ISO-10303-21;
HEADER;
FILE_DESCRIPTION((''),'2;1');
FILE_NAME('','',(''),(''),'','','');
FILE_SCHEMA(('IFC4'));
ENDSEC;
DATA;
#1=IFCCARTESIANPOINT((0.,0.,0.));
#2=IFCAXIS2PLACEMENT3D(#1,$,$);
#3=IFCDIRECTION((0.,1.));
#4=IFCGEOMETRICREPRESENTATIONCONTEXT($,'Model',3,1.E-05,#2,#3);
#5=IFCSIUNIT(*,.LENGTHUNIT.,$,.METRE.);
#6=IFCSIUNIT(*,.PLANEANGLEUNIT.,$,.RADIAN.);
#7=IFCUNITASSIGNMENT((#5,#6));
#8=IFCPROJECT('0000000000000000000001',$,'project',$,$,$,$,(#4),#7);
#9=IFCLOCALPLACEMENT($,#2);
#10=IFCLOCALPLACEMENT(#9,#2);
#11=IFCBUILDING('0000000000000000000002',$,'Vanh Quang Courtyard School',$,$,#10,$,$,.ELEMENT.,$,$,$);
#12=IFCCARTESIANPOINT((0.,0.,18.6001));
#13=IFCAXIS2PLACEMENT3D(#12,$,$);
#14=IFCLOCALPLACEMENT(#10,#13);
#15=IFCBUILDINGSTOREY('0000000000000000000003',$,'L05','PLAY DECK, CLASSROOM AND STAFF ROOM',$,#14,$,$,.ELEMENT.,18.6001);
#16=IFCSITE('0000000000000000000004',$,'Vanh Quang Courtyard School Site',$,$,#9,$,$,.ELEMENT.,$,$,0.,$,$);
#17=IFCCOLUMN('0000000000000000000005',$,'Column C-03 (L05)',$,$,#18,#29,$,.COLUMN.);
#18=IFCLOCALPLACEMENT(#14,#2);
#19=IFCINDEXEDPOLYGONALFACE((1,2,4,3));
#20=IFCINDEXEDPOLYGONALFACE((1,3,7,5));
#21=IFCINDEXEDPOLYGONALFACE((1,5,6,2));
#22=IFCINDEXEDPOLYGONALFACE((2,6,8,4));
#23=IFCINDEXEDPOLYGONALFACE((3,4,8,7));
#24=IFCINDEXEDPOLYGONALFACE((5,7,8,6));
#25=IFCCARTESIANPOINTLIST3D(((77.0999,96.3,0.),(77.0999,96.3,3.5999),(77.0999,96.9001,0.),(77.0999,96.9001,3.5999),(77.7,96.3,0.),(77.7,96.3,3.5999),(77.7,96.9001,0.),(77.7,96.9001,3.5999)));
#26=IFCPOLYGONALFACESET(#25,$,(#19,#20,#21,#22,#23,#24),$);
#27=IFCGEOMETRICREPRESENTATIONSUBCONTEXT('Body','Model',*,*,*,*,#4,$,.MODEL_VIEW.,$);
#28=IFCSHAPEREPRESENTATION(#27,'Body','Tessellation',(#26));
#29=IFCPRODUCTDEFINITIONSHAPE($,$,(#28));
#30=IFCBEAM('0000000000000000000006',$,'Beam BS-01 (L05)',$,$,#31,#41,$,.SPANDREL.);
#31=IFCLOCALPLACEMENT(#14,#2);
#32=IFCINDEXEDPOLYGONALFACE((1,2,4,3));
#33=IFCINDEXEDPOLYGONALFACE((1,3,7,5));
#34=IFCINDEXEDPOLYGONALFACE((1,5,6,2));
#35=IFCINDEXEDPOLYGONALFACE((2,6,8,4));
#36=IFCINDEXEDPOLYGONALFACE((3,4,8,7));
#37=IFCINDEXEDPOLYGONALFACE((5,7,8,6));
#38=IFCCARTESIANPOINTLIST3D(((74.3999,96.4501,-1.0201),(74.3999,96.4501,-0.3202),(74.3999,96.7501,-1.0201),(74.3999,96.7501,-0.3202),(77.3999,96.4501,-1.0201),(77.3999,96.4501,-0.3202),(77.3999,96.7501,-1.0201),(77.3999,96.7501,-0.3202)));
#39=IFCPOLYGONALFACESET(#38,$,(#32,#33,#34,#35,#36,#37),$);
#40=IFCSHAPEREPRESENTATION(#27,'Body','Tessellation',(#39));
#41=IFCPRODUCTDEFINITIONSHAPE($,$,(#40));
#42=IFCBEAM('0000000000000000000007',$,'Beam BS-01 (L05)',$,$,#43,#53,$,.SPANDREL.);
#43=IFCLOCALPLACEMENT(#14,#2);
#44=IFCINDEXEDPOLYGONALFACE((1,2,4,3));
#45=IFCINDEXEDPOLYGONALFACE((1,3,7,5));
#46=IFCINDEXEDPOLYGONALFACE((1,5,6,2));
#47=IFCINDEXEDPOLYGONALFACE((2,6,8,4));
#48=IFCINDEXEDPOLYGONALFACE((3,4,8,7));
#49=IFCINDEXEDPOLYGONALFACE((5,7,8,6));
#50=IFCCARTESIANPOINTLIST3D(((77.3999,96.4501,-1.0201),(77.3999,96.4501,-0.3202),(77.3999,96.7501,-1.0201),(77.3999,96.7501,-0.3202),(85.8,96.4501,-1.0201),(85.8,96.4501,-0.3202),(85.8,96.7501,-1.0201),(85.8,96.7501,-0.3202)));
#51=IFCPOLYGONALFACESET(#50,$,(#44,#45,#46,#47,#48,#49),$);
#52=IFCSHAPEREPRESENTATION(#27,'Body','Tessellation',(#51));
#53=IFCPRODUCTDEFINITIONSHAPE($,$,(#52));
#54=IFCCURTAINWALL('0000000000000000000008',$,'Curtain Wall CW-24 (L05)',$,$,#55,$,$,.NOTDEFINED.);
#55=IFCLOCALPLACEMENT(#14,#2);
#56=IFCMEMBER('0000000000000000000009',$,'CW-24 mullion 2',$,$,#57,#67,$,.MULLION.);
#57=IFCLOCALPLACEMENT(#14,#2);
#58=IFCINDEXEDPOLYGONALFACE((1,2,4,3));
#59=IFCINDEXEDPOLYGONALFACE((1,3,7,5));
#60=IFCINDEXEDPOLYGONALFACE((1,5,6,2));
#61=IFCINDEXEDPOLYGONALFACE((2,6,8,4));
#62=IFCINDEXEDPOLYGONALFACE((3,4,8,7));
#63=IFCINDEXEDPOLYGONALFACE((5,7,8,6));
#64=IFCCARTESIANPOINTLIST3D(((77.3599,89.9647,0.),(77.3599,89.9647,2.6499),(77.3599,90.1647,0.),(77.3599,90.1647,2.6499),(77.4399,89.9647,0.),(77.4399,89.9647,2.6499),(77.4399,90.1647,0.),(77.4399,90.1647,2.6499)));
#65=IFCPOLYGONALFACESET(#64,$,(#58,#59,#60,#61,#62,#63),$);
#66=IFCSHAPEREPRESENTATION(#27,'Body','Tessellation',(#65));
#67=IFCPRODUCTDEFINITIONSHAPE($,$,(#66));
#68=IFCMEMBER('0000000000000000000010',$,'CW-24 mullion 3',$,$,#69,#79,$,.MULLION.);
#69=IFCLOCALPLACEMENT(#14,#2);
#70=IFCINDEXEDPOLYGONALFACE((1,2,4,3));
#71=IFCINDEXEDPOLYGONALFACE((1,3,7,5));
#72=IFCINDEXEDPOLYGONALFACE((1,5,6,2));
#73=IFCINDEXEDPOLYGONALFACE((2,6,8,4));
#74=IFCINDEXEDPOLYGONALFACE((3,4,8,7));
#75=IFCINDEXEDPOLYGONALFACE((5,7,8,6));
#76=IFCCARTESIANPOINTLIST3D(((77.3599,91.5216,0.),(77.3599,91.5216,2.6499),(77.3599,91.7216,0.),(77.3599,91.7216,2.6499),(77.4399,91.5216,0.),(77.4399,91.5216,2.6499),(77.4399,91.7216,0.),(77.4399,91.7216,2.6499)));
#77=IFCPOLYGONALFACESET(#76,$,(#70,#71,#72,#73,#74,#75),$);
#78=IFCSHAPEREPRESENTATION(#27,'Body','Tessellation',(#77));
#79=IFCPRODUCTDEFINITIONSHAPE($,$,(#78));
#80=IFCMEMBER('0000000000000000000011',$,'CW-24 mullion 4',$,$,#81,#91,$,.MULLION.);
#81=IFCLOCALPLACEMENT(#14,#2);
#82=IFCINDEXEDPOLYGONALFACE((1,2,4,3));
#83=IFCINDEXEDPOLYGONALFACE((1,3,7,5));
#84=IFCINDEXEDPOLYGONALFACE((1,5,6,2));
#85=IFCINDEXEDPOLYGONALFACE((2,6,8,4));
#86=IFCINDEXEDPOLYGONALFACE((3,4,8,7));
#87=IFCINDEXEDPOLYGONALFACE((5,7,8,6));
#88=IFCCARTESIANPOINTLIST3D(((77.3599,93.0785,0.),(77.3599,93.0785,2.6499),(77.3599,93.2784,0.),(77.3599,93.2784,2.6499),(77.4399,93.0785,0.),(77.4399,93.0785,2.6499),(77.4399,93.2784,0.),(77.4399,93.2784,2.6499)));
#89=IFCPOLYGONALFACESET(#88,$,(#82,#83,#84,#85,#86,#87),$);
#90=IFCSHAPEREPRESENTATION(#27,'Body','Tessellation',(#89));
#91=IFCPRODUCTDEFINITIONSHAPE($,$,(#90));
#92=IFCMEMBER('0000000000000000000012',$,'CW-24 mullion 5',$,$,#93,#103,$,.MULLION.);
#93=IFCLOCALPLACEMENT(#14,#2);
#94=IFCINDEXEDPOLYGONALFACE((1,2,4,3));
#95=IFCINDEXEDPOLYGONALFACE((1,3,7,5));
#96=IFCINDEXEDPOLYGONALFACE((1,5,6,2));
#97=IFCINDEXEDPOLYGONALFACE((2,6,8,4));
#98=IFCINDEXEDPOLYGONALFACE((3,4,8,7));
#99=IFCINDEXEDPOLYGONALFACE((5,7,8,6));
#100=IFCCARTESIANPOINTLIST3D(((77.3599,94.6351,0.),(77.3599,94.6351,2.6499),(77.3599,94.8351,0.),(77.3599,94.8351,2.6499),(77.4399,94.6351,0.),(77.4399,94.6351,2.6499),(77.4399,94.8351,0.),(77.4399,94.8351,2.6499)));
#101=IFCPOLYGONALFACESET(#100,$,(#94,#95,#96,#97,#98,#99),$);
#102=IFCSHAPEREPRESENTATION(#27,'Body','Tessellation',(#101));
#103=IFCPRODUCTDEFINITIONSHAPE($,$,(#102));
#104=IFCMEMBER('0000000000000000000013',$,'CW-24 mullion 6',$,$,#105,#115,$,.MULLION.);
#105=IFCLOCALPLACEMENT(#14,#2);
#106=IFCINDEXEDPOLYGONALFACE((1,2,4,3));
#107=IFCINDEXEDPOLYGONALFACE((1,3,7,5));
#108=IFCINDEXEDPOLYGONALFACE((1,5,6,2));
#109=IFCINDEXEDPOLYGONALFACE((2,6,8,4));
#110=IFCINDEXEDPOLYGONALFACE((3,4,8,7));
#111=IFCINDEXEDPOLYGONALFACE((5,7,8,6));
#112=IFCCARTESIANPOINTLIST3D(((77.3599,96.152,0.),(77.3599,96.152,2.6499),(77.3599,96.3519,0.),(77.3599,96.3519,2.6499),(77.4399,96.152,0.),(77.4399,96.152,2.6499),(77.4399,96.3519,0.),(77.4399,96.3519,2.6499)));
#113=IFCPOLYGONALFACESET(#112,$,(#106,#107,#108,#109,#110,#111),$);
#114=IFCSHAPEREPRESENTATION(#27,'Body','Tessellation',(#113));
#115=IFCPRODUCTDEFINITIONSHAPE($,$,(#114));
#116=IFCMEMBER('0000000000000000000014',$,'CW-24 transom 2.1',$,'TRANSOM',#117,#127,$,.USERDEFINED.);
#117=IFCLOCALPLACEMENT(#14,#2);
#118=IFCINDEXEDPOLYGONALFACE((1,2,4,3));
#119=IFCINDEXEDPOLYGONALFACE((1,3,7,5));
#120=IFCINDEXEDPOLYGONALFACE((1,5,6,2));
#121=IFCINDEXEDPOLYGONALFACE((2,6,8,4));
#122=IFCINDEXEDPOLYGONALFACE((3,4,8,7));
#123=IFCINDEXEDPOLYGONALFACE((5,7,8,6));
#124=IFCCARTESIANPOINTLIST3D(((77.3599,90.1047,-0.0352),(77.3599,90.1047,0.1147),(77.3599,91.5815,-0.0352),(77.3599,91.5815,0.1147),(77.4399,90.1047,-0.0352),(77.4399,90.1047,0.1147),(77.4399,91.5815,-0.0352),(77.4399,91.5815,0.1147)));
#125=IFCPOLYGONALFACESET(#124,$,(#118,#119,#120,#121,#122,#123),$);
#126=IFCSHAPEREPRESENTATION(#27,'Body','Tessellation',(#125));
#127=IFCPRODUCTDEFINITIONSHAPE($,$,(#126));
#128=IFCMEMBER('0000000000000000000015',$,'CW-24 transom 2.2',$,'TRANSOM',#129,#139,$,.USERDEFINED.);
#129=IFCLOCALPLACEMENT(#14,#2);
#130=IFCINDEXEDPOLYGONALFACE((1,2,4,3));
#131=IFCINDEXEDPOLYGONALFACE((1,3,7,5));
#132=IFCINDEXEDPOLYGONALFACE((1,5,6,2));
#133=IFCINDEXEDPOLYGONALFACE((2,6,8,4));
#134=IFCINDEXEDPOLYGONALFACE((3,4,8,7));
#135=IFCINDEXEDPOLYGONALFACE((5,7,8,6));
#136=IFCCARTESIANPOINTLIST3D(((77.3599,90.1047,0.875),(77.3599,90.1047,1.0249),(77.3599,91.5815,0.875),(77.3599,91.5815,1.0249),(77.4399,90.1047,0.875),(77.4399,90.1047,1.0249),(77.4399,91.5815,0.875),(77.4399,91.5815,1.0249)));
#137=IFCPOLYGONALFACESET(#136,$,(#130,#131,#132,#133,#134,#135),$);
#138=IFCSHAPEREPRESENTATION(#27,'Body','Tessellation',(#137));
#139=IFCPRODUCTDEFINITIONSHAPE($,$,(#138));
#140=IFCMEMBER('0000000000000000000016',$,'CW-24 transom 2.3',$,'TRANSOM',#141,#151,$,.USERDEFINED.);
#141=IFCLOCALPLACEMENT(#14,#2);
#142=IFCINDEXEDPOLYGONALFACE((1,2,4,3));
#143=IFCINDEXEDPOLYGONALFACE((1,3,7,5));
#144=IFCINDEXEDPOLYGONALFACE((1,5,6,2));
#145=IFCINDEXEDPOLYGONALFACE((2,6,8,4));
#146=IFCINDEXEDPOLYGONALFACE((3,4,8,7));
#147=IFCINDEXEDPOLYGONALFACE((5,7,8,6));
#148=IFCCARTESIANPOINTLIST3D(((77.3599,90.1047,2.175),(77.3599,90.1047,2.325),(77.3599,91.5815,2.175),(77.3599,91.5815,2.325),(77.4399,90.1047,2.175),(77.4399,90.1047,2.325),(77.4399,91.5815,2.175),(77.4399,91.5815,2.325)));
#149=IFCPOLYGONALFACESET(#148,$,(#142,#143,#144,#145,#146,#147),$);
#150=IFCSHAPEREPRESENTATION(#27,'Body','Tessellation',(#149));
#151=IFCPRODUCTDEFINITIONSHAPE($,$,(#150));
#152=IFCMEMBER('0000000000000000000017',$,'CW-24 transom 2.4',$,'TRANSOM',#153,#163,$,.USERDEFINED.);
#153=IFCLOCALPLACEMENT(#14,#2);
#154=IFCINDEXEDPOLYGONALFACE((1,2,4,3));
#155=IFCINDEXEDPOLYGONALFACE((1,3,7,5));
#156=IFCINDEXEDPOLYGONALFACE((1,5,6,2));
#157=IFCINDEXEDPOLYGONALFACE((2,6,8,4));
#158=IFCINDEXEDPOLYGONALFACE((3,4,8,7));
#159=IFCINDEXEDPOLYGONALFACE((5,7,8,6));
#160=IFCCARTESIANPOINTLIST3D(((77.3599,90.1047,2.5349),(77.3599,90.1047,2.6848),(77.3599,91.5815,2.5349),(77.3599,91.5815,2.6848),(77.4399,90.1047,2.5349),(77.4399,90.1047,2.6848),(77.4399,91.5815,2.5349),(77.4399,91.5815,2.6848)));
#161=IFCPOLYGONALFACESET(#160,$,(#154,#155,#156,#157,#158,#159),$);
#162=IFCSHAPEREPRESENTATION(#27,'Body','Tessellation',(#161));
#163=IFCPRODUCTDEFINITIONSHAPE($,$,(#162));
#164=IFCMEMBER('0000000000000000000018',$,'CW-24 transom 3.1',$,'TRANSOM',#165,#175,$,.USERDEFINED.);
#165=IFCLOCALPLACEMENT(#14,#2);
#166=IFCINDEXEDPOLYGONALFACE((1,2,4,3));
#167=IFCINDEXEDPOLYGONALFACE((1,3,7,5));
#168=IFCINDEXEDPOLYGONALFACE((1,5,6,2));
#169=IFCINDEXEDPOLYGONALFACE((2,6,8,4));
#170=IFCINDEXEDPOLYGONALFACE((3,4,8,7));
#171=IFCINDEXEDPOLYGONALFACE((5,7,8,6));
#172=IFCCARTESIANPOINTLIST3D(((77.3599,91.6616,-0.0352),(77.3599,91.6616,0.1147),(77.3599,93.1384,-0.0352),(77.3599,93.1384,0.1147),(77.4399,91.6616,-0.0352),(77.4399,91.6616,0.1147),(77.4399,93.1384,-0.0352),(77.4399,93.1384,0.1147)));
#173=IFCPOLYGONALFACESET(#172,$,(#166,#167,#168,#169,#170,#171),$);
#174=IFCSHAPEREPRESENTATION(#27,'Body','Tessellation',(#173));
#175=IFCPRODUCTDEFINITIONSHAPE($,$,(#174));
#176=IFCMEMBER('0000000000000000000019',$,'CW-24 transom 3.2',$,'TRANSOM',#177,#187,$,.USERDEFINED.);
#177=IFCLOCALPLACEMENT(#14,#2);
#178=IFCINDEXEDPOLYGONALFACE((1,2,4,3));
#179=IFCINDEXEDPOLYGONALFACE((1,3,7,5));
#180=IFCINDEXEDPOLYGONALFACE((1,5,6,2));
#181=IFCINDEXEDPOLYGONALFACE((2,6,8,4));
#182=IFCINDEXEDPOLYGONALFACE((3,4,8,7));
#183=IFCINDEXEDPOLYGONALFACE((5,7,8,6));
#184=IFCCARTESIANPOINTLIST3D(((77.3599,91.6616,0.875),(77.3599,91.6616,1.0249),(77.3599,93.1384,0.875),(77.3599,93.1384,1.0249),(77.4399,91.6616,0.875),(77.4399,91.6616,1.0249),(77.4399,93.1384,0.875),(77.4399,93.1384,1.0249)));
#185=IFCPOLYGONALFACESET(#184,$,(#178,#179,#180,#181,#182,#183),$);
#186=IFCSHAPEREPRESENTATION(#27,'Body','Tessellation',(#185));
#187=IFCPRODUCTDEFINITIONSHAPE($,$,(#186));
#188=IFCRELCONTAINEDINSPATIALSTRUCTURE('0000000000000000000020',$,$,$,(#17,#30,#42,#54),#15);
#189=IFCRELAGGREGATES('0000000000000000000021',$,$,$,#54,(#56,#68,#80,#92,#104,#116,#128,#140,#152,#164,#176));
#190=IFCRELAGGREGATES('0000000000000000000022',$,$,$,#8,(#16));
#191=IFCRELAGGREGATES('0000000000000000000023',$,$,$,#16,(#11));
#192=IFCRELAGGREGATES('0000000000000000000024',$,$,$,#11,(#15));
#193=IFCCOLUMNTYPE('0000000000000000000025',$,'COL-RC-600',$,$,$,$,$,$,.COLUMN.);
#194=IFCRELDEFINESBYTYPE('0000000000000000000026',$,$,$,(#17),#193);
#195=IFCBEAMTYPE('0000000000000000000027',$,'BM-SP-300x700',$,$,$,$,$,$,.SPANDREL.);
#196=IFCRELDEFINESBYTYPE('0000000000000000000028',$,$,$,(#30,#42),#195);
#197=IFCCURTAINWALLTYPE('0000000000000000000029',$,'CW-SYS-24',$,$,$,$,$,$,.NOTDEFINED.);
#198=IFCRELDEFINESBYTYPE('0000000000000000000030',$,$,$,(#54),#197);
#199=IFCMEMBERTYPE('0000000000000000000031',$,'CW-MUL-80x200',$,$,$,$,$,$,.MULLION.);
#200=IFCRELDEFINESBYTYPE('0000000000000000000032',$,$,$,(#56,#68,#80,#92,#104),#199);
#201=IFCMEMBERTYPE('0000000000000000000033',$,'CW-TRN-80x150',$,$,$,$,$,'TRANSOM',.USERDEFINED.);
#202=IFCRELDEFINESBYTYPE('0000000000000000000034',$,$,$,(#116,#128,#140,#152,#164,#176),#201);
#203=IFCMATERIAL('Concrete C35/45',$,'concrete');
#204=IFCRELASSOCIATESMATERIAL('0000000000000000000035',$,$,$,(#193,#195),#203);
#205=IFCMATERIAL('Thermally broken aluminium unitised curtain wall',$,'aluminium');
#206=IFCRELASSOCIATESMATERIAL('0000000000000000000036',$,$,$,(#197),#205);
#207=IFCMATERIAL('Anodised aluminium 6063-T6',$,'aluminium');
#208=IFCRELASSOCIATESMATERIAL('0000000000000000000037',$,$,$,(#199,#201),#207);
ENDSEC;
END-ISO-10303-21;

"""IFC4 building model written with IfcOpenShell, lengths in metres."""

from ifc_helpers import new_model, si_unit, direction, frame, origin, origin_2d, place, context, subcontext, project, spatial, rectangle, extrude, material, material_profile, profile_set, type_object, element, aggregate, save


model = new_model("IFC4")

# Units and contexts
model_context = context("Model", 3, precision=1e-05, world=origin(), true_north=direction((0.0, 1.0)))
body_context = subcontext(model_context, "Body", "Model", "MODEL_VIEW")
ifc_project = project(units=[si_unit("LENGTHUNIT", "METRE"), si_unit("PLANEANGLEUNIT", "RADIAN")], contexts=[model_context])

# Site, building, storey
site_placement = place(None, origin())
site = spatial("IfcSite", under=ifc_project, at=site_placement, Name="Vanh Quang Courtyard School Site", CompositionType="ELEMENT", RefElevation=0.0)
building_placement = place(site_placement, origin())
building = spatial("IfcBuilding", under=site, at=building_placement, Name="Vanh Quang Courtyard School", CompositionType="ELEMENT")
storey_placement = place(building_placement, frame((0.0, 0.0, 18.6001)))
storey = spatial("IfcBuildingStorey", under=building, at=storey_placement, Name="L05", Description="PLAY DECK, CLASSROOM AND STAFF ROOM", CompositionType="ELEMENT", Elevation=18.6001)

# Column
ifc_material_1 = material(Name="Concrete C35/45", Category="concrete")
ifc_material_profile_1 = material_profile(ifc_material_1, rectangle(XDim=0.6001, YDim=0.6001, at=origin_2d()), Name="RC-COL 600x600")
ifc_profile_set_1 = profile_set([ifc_material_profile_1], Name="Concrete C35/45")
column_type = type_object("IfcColumnType", Name="COL-RC-600", PredefinedType="COLUMN", material=ifc_profile_set_1)
column_placement = place(storey_placement, frame((77.3999, 96.6001, 0.0), z_axis=(0.0, 0.0, 1.0), x_axis=(1.0, 0.0, 0.0)))
element("IfcColumn", 1, at=column_placement, inside=storey, type_object=column_type, Name="Column C-03 (L05)", PredefinedType="COLUMN", context=body_context, shape_type="SweptSolid", body=[
    extrude(rectangle(XDim=0.6001, YDim=0.6001, at=origin_2d()), origin(), (0.0, 0.0, 1.0), 3.5999),
])

# Beams
ifc_material_profile_2 = material_profile(ifc_material_1, rectangle(XDim=0.3, YDim=0.7, at=origin_2d()), Name="RC-SP 300x700")
ifc_profile_set_2 = profile_set([ifc_material_profile_2], Name="Concrete C35/45")
beam_type = type_object("IfcBeamType", Name="BM-SP-300x700", PredefinedType="SPANDREL", material=ifc_profile_set_2)
beam_1_placement = place(storey_placement, frame((74.3999, 96.6001, -0.6702), z_axis=(1.0, 0.0, 0.0), x_axis=(0.0, 1.0, 0.0)))
element("IfcBeam", 2, at=beam_1_placement, inside=storey, type_object=beam_type, Name="Beam BS-01 (L05)", PredefinedType="SPANDREL", context=body_context, shape_type="SweptSolid", body=[
    extrude(rectangle(XDim=0.3, YDim=0.7, at=origin_2d()), origin(), (0.0, 0.0, 1.0), 3.0),
])
beam_2_placement = place(storey_placement, frame((77.3999, 96.6001, -0.6702), z_axis=(1.0, 0.0, 0.0), x_axis=(0.0, 1.0, 0.0)))
element("IfcBeam", 3, at=beam_2_placement, inside=storey, type_object=beam_type, Name="Beam BS-01 (L05)", PredefinedType="SPANDREL", context=body_context, shape_type="SweptSolid", body=[
    extrude(rectangle(XDim=0.3, YDim=0.7, at=origin_2d()), origin(), (0.0, 0.0, 1.0), 8.4001),
])

# Curtain wall, members
ifc_material_2 = material(Name="Thermally broken aluminium unitised curtain wall", Category="aluminium")
curtain_wall_type = type_object("IfcCurtainWallType", Name="CW-SYS-24", PredefinedType="NOTDEFINED", material=ifc_material_2)
curtain_wall_placement = place(storey_placement, origin())
curtain_wall = element("IfcCurtainWall", 4, at=curtain_wall_placement, inside=storey, type_object=curtain_wall_type, Name="Curtain Wall CW-24 (L05)", PredefinedType="NOTDEFINED")
ifc_material_3 = material(Name="Anodised aluminium 6063-T6", Category="aluminium")
ifc_material_profile_3 = material_profile(ifc_material_3, rectangle(XDim=0.0801, YDim=0.2, at=origin_2d()), Name="ALU-MUL 80x200")
ifc_profile_set_3 = profile_set([ifc_material_profile_3], Name="Anodised aluminium 6063-T6")
member_type_1 = type_object("IfcMemberType", Name="CW-MUL-80x200", PredefinedType="MULLION", material=ifc_profile_set_3)
member_1_placement = place(storey_placement, frame((77.3999, 90.0647, 0.0), z_axis=(0.0, 0.0, 1.0), x_axis=(-1.0, 0.0, 0.0)))
member_1 = element("IfcMember", 5, at=member_1_placement, type_object=member_type_1, Name="CW-24 mullion 2", PredefinedType="MULLION", context=body_context, shape_type="SweptSolid", body=[
    extrude(rectangle(XDim=0.0801, YDim=0.2, at=origin_2d()), origin(), (0.0, 0.0, 1.0), 2.6499),
])
member_2_placement = place(storey_placement, frame((77.3999, 91.6216, 0.0), z_axis=(0.0, 0.0, 1.0), x_axis=(-1.0, 0.0, 0.0)))
member_2 = element("IfcMember", 6, at=member_2_placement, type_object=member_type_1, Name="CW-24 mullion 3", PredefinedType="MULLION", context=body_context, shape_type="SweptSolid", body=[
    extrude(rectangle(XDim=0.0801, YDim=0.2, at=origin_2d()), origin(), (0.0, 0.0, 1.0), 2.6499),
])
member_3_placement = place(storey_placement, frame((77.3999, 93.1785, 0.0), z_axis=(0.0, 0.0, 1.0), x_axis=(-1.0, 0.0, 0.0)))
member_3 = element("IfcMember", 7, at=member_3_placement, type_object=member_type_1, Name="CW-24 mullion 4", PredefinedType="MULLION", context=body_context, shape_type="SweptSolid", body=[
    extrude(rectangle(XDim=0.0801, YDim=0.2, at=origin_2d()), origin(), (0.0, 0.0, 1.0), 2.6499),
])
member_4_placement = place(storey_placement, frame((77.3999, 94.7351, 0.0), z_axis=(0.0, 0.0, 1.0), x_axis=(-1.0, 0.0, 0.0)))
member_4 = element("IfcMember", 8, at=member_4_placement, type_object=member_type_1, Name="CW-24 mullion 5", PredefinedType="MULLION", context=body_context, shape_type="SweptSolid", body=[
    extrude(rectangle(XDim=0.0801, YDim=0.2, at=origin_2d()), origin(), (0.0, 0.0, 1.0), 2.6499),
])
member_5_placement = place(storey_placement, frame((77.3999, 96.252, 0.0), z_axis=(0.0, 0.0, 1.0), x_axis=(-1.0, 0.0, 0.0)))
member_5 = element("IfcMember", 9, at=member_5_placement, type_object=member_type_1, Name="CW-24 mullion 6", PredefinedType="MULLION", context=body_context, shape_type="SweptSolid", body=[
    extrude(rectangle(XDim=0.0801, YDim=0.2, at=origin_2d()), origin(), (0.0, 0.0, 1.0), 2.6499),
])
ifc_material_profile_4 = material_profile(ifc_material_3, rectangle(XDim=0.0801, YDim=0.1499, at=origin_2d()), Name="ALU-TRN 80x150")
ifc_profile_set_4 = profile_set([ifc_material_profile_4], Name="Anodised aluminium 6063-T6")
member_type_2 = type_object("IfcMemberType", Name="CW-TRN-80x150", ElementType="TRANSOM", PredefinedType="USERDEFINED", material=ifc_profile_set_4)
member_6_placement = place(storey_placement, frame((77.3999, 90.1047, 0.0398), z_axis=(0.0, 1.0, 0.0), x_axis=(-1.0, 0.0, 0.0)))
member_6 = element("IfcMember", 10, at=member_6_placement, type_object=member_type_2, Name="CW-24 transom 2.1", ObjectType="TRANSOM", PredefinedType="USERDEFINED", context=body_context, shape_type="SweptSolid", body=[
    extrude(rectangle(XDim=0.0801, YDim=0.1499, at=origin_2d()), origin(), (0.0, 0.0, 1.0), 1.4768),
])
member_7_placement = place(storey_placement, frame((77.3999, 90.1047, 0.95), z_axis=(0.0, 1.0, 0.0), x_axis=(-1.0, 0.0, 0.0)))
member_7 = element("IfcMember", 11, at=member_7_placement, type_object=member_type_2, Name="CW-24 transom 2.2", ObjectType="TRANSOM", PredefinedType="USERDEFINED", context=body_context, shape_type="SweptSolid", body=[
    extrude(rectangle(XDim=0.0801, YDim=0.1499, at=origin_2d()), origin(), (0.0, 0.0, 1.0), 1.4768),
])
member_8_placement = place(storey_placement, frame((77.3999, 90.1047, 2.25), z_axis=(0.0, 1.0, 0.0), x_axis=(-1.0, 0.0, 0.0)))
member_8 = element("IfcMember", 12, at=member_8_placement, type_object=member_type_2, Name="CW-24 transom 2.3", ObjectType="TRANSOM", PredefinedType="USERDEFINED", context=body_context, shape_type="SweptSolid", body=[
    extrude(rectangle(XDim=0.0801, YDim=0.1499, at=origin_2d()), origin(), (0.0, 0.0, 1.0), 1.4768),
])
member_9_placement = place(storey_placement, frame((77.3999, 90.1047, 2.6099), z_axis=(0.0, 1.0, 0.0), x_axis=(-1.0, 0.0, 0.0)))
member_9 = element("IfcMember", 13, at=member_9_placement, type_object=member_type_2, Name="CW-24 transom 2.4", ObjectType="TRANSOM", PredefinedType="USERDEFINED", context=body_context, shape_type="SweptSolid", body=[
    extrude(rectangle(XDim=0.0801, YDim=0.1499, at=origin_2d()), origin(), (0.0, 0.0, 1.0), 1.4768),
])
member_10_placement = place(storey_placement, frame((77.3999, 91.6616, 0.0398), z_axis=(0.0, 1.0, 0.0), x_axis=(-1.0, 0.0, 0.0)))
member_10 = element("IfcMember", 14, at=member_10_placement, type_object=member_type_2, Name="CW-24 transom 3.1", ObjectType="TRANSOM", PredefinedType="USERDEFINED", context=body_context, shape_type="SweptSolid", body=[
    extrude(rectangle(XDim=0.0801, YDim=0.1499, at=origin_2d()), origin(), (0.0, 0.0, 1.0), 1.4768),
])
member_11_placement = place(storey_placement, frame((77.3999, 91.6616, 0.95), z_axis=(0.0, 1.0, 0.0), x_axis=(-1.0, 0.0, 0.0)))
member_11 = element("IfcMember", 15, at=member_11_placement, type_object=member_type_2, Name="CW-24 transom 3.2", ObjectType="TRANSOM", PredefinedType="USERDEFINED", context=body_context, shape_type="SweptSolid", body=[
    extrude(rectangle(XDim=0.0801, YDim=0.1499, at=origin_2d()), origin(), (0.0, 0.0, 1.0), 1.4768),
])
aggregate(curtain_wall, [member_1, member_2, member_3, member_4, member_5, member_6, member_7, member_8, member_9, member_10, member_11])

save(model, "model.ifc")
